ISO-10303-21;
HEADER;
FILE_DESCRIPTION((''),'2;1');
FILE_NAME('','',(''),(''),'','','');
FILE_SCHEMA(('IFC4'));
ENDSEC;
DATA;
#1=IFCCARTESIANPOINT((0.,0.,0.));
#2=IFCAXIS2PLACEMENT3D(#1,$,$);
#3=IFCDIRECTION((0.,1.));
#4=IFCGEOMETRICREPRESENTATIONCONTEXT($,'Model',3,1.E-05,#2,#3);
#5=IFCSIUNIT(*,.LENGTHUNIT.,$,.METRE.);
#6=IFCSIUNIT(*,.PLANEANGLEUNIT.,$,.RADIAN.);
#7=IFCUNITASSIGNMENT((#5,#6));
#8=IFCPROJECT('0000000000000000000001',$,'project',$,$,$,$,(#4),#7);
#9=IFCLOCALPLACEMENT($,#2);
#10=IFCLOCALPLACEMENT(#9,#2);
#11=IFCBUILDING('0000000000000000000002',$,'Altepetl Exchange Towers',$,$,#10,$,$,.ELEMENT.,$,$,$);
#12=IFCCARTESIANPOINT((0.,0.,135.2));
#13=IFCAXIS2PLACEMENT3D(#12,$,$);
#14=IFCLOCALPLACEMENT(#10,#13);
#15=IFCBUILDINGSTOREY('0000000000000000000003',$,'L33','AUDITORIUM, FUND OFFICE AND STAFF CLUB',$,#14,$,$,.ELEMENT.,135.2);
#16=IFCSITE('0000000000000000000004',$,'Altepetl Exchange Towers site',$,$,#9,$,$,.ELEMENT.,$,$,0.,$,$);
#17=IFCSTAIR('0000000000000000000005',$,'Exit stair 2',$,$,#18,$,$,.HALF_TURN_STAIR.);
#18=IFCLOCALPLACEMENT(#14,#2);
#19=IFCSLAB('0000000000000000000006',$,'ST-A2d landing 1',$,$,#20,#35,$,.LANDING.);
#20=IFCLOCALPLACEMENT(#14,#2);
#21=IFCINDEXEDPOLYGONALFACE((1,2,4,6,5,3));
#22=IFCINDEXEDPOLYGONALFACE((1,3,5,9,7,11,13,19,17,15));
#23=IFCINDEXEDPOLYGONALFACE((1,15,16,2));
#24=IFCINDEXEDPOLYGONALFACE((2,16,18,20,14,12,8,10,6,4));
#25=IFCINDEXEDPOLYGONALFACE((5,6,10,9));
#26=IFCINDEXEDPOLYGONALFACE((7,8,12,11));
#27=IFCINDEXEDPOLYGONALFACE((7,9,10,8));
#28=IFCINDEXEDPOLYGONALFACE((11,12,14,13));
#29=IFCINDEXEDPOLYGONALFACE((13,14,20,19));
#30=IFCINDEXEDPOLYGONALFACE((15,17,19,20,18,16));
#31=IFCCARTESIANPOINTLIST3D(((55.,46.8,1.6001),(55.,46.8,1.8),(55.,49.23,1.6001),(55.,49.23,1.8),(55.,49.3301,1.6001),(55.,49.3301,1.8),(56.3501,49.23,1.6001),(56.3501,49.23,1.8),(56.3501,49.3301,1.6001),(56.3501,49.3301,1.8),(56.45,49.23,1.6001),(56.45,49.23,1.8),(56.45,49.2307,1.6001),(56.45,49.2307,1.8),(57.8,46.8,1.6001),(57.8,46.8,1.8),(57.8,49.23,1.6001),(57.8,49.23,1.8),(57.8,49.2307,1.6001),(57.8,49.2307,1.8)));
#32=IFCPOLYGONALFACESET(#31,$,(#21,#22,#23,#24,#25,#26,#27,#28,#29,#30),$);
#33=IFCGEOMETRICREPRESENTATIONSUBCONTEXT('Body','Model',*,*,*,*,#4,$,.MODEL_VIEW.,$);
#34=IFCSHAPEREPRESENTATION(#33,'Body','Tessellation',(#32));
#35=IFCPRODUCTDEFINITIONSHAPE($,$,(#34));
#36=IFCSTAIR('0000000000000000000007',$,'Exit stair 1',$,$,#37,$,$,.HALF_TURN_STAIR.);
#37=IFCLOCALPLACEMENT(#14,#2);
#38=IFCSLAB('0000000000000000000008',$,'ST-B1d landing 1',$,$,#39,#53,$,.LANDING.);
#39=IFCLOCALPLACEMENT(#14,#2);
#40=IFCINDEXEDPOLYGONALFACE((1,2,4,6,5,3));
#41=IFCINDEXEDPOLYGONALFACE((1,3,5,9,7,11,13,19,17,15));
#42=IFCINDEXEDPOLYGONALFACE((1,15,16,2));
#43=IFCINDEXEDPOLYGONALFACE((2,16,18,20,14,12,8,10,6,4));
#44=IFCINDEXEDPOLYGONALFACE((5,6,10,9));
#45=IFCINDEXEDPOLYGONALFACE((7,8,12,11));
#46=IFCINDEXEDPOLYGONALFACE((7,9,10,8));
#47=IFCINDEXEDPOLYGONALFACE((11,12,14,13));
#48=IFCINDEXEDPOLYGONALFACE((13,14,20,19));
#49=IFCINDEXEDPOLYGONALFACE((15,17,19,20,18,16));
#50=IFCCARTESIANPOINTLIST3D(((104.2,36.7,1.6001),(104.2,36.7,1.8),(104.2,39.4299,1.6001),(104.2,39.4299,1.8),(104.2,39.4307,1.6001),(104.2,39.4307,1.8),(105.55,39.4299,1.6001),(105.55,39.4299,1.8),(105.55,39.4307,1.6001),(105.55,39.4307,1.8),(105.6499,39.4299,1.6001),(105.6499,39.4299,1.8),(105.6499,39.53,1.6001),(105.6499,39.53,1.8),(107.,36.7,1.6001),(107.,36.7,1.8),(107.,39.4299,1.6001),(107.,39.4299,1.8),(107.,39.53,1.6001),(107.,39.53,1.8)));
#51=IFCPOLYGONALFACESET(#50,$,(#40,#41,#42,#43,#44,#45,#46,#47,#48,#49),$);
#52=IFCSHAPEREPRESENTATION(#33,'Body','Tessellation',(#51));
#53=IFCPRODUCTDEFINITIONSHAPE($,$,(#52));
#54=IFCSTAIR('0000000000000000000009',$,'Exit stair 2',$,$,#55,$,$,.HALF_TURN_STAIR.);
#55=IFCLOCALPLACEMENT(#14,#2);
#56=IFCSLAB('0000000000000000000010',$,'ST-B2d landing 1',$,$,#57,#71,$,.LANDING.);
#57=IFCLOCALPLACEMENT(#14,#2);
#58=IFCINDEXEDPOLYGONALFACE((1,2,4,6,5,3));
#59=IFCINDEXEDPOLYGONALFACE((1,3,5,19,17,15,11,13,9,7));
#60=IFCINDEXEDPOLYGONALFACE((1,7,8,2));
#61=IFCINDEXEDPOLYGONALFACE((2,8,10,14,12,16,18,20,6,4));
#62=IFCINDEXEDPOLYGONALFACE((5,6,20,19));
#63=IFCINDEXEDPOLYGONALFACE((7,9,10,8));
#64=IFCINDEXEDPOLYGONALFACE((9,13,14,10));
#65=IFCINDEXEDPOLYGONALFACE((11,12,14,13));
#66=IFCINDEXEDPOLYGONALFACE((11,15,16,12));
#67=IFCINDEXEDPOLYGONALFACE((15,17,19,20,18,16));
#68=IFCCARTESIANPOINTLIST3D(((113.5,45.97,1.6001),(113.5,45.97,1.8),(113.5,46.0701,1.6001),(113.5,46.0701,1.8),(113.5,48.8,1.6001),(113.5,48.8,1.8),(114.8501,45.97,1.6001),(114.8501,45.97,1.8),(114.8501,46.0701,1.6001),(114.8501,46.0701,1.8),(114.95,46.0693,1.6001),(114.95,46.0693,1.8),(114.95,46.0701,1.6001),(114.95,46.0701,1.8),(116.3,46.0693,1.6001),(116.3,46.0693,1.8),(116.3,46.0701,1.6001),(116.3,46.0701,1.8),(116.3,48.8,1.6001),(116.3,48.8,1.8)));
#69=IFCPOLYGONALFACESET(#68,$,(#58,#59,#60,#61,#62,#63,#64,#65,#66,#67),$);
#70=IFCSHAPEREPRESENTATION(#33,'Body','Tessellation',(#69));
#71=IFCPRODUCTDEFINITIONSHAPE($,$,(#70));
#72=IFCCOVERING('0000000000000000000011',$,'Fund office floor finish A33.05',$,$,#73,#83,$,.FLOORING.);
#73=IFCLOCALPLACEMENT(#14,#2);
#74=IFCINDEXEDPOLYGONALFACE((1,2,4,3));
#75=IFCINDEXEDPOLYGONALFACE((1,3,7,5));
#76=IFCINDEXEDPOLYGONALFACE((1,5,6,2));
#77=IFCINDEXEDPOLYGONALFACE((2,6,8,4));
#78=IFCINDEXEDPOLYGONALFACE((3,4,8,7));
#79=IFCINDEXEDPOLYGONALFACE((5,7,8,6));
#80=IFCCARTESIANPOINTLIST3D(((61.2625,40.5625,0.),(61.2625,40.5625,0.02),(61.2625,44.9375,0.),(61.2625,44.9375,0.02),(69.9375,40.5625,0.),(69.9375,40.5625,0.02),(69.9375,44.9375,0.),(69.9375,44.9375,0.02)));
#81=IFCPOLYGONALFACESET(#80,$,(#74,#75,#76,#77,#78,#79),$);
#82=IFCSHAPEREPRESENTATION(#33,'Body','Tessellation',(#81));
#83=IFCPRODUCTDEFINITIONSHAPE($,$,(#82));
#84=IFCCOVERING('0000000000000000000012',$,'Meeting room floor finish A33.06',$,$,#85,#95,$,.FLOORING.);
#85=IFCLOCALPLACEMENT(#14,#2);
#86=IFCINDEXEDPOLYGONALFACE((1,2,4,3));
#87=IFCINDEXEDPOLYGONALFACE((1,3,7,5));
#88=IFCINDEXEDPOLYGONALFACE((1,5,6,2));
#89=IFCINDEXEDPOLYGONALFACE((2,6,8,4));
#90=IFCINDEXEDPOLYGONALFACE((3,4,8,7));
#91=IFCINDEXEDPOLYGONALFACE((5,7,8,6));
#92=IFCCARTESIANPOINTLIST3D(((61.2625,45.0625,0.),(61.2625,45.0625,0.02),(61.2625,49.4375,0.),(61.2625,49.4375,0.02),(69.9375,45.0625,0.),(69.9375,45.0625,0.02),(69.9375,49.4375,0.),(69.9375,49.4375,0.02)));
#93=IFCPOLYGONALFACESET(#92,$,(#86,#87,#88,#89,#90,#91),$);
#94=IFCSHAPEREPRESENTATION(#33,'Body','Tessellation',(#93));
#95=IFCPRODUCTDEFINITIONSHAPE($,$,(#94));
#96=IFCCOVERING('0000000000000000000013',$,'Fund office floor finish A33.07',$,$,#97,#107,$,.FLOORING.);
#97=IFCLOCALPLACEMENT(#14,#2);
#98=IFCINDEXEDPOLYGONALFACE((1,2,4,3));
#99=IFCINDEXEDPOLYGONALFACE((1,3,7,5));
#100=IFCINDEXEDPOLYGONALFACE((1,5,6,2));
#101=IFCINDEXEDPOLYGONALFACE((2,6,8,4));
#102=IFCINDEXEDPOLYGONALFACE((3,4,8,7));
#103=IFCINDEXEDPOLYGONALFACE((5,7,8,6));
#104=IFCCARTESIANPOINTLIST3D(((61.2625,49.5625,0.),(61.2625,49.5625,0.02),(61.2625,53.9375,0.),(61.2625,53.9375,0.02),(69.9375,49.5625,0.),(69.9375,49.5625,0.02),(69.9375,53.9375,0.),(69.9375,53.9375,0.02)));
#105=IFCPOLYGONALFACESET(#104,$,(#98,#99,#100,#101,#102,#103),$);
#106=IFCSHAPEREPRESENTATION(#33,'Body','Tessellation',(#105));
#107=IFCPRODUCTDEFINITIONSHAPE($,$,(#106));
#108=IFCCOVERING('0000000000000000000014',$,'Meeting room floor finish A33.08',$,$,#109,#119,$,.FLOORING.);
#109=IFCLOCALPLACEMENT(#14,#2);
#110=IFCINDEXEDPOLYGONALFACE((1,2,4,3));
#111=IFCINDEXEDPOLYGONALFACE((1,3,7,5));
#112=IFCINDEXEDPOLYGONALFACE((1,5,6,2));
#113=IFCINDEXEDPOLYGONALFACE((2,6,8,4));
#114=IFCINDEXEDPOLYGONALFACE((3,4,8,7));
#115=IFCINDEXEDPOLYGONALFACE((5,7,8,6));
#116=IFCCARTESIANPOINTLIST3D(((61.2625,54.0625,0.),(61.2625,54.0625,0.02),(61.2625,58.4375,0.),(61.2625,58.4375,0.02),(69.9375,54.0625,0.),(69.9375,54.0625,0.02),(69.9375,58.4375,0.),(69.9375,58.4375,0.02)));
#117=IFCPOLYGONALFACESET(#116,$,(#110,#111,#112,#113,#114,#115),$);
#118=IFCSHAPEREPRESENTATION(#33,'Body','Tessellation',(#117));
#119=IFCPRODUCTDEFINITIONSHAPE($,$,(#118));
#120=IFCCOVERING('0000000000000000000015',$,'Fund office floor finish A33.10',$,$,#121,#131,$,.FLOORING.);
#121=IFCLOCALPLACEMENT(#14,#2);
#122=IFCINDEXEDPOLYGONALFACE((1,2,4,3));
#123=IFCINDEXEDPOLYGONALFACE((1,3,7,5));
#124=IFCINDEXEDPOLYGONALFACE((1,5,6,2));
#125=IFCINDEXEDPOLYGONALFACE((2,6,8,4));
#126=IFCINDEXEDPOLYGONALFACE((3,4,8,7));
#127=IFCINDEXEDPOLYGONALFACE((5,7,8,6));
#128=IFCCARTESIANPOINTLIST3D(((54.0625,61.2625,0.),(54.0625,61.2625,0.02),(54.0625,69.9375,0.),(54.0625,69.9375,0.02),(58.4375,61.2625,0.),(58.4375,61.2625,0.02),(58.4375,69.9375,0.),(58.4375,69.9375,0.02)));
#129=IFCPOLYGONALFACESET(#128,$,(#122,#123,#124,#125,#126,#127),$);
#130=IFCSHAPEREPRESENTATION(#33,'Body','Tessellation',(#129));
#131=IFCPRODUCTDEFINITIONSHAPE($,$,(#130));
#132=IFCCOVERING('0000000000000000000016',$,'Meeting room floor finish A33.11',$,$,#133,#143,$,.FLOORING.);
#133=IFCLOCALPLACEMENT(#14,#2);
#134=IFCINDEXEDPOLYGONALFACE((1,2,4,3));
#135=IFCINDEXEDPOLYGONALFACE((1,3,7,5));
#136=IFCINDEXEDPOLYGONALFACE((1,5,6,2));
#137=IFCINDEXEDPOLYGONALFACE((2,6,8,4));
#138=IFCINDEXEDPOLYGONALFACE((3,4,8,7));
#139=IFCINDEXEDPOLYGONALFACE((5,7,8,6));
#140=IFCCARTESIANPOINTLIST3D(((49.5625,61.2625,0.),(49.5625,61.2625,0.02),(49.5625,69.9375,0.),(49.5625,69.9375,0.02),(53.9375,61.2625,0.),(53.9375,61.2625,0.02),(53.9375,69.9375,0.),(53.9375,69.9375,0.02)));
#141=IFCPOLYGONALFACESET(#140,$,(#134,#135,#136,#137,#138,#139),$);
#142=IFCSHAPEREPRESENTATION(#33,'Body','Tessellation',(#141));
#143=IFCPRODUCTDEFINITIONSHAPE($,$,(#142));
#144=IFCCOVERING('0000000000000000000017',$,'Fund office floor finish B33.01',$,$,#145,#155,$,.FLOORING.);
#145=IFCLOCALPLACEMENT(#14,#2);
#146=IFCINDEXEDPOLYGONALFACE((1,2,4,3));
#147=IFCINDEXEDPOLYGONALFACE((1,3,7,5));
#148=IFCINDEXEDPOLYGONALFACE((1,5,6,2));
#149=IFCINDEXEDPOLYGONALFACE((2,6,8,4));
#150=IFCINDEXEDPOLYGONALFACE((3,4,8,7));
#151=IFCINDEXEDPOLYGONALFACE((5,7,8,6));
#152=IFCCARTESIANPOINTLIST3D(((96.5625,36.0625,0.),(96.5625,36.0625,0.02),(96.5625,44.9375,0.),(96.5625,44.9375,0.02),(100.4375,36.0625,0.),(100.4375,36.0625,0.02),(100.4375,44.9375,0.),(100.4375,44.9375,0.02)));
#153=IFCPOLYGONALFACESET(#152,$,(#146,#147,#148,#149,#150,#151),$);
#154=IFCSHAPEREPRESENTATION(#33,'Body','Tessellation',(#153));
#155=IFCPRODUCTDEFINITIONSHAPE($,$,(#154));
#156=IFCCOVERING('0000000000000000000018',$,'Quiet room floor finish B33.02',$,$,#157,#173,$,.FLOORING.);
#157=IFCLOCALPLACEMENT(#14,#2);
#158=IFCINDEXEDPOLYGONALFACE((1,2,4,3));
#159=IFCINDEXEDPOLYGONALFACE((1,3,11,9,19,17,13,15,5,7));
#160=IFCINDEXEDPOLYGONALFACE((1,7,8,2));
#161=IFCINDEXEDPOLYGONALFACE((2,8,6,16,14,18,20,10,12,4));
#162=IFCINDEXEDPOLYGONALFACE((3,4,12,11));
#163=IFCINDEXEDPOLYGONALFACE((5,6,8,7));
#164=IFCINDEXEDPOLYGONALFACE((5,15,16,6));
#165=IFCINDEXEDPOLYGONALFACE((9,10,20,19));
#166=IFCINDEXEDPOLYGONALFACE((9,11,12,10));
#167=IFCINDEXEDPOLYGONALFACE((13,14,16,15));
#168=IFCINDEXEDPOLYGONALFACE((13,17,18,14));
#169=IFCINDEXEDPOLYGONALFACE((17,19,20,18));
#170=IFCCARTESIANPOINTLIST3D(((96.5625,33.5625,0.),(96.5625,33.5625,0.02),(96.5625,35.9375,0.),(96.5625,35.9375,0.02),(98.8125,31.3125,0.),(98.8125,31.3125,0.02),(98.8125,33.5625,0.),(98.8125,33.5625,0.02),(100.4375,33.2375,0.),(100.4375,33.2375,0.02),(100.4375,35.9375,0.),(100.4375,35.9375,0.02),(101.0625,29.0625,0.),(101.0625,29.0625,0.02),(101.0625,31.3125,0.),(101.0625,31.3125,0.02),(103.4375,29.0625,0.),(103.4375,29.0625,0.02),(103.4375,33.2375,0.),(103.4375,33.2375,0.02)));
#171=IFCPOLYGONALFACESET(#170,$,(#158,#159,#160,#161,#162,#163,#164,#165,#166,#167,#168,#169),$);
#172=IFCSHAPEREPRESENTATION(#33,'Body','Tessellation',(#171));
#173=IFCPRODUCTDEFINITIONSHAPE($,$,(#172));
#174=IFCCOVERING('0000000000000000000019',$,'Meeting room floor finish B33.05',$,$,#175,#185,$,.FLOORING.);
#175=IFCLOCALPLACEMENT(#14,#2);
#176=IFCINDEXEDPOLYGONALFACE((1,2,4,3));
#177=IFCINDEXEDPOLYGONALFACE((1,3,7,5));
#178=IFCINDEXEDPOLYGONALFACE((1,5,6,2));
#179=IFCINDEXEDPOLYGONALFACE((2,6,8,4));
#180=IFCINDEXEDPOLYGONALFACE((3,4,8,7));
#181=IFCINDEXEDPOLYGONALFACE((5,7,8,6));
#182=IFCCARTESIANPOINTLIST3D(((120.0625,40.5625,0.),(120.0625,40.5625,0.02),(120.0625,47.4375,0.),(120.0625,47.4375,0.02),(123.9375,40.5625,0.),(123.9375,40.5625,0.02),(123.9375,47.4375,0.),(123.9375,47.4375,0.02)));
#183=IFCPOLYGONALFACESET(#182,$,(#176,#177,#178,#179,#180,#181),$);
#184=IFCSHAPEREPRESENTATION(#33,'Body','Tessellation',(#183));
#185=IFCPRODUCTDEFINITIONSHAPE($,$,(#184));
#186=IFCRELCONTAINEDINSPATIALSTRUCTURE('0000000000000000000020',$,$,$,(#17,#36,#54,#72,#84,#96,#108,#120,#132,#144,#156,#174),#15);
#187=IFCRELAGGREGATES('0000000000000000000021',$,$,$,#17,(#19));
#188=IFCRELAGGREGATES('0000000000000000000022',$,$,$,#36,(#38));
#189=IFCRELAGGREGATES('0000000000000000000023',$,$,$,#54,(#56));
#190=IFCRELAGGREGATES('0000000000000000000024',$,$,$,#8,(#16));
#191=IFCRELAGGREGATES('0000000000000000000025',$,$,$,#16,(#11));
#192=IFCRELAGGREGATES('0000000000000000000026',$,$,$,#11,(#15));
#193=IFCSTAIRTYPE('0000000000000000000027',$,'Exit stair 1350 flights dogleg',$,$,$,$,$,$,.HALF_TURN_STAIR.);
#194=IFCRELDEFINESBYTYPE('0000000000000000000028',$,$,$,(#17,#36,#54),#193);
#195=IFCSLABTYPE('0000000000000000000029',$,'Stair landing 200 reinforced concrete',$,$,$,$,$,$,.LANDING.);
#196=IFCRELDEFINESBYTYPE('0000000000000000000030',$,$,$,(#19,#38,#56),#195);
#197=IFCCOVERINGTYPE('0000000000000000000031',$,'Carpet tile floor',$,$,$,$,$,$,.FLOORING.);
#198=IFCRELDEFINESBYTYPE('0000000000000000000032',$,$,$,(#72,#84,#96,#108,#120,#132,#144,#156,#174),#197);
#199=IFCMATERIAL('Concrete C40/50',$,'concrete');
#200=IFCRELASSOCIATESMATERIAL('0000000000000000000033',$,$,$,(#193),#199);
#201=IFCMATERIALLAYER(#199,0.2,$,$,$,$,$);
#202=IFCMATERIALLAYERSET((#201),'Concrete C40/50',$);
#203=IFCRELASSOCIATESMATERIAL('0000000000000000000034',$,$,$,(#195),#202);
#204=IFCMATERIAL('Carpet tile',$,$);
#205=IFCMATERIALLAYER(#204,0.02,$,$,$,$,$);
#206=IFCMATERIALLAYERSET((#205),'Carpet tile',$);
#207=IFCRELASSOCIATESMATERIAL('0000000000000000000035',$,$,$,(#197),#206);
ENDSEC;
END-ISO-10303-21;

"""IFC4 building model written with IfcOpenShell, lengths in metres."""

from ifc_helpers import new_model, si_unit, direction, frame, origin, place, context, subcontext, project, spatial, polyline, outline, extrude, material, layer, layer_set, type_object, element, aggregate, save


model = new_model("IFC4")

# Units and contexts
model_context = context("Model", 3, precision=1e-05, world=origin(), true_north=direction((0.0, 1.0)))
body_context = subcontext(model_context, "Body", "Model", "MODEL_VIEW")
ifc_project = project(units=[si_unit("LENGTHUNIT", "METRE"), si_unit("PLANEANGLEUNIT", "RADIAN")], contexts=[model_context])

# Site, building, storey
site_placement = place(None, origin())
site = spatial("IfcSite", under=ifc_project, at=site_placement, Name="Altepetl Exchange Towers site", CompositionType="ELEMENT", RefElevation=0.0)
building_placement = place(site_placement, origin())
building = spatial("IfcBuilding", under=site, at=building_placement, Name="Altepetl Exchange Towers", CompositionType="ELEMENT")
storey_placement = place(building_placement, frame((0.0, 0.0, 135.2)))
storey = spatial("IfcBuildingStorey", under=building, at=storey_placement, Name="L33", Description="AUDITORIUM, FUND OFFICE AND STAFF CLUB", CompositionType="ELEMENT", Elevation=135.2)

# Shared definitions
ifc_material_1 = material(Name="Concrete C40/50", Category="concrete")

# Stairs, slabs
stair_type = type_object("IfcStairType", Name="Exit stair 1350 flights dogleg", PredefinedType="HALF_TURN_STAIR", material=ifc_material_1)
ifc_layer_1 = layer(ifc_material_1, 0.2)
ifc_layer_set_1 = layer_set([ifc_layer_1], Name="Concrete C40/50")
slab_type_1 = type_object("IfcSlabType", Name="Stair landing 200 reinforced concrete", PredefinedType="LANDING", material=ifc_layer_set_1)
stair_1_placement = place(storey_placement, origin())
stair_1 = element("IfcStair", 1, at=stair_1_placement, inside=storey, type_object=stair_type, Name="Exit stair 2", PredefinedType="HALF_TURN_STAIR")
slab_1_placement = place(storey_placement, frame((0.0, 0.0, 1.6001)))
slab_1 = element("IfcSlab", 2, at=slab_1_placement, type_object=slab_type_1, Name="ST-A2d landing 1", PredefinedType="LANDING", context=body_context, shape_type="SweptSolid", body=[
    extrude(outline(polyline([(57.8, 46.8), (55.0, 46.8), (55.0, 49.23), (55.0, 49.3301), (56.3501, 49.3301), (56.3501, 49.23), (56.45, 49.23), (56.45, 49.2307), (57.8, 49.2307), (57.8, 49.23), (57.8, 46.8)])), origin(), (0.0, 0.0, 1.0), 0.2),
])
aggregate(stair_1, [slab_1])
stair_2_placement = place(storey_placement, origin())
stair_2 = element("IfcStair", 3, at=stair_2_placement, inside=storey, type_object=stair_type, Name="Exit stair 1", PredefinedType="HALF_TURN_STAIR")
slab_2_placement = place(storey_placement, frame((0.0, 0.0, 1.6001)))
slab_2 = element("IfcSlab", 4, at=slab_2_placement, type_object=slab_type_1, Name="ST-B1d landing 1", PredefinedType="LANDING", context=body_context, shape_type="SweptSolid", body=[
    extrude(outline(polyline([(107.0, 36.7), (104.2, 36.7), (104.2, 39.4299), (104.2, 39.4307), (105.55, 39.4307), (105.55, 39.4299), (105.6499, 39.4299), (105.6499, 39.53), (107.0, 39.53), (107.0, 39.4299), (107.0, 36.7)])), origin(), (0.0, 0.0, 1.0), 0.2),
])
aggregate(stair_2, [slab_2])
stair_3_placement = place(storey_placement, origin())
stair_3 = element("IfcStair", 5, at=stair_3_placement, inside=storey, type_object=stair_type, Name="Exit stair 2", PredefinedType="HALF_TURN_STAIR")
slab_3_placement = place(storey_placement, frame((0.0, 0.0, 1.6001)))
slab_3 = element("IfcSlab", 6, at=slab_3_placement, type_object=slab_type_1, Name="ST-B2d landing 1", PredefinedType="LANDING", context=body_context, shape_type="SweptSolid", body=[
    extrude(outline(polyline([(114.8501, 45.97), (113.5, 45.97), (113.5, 46.0701), (113.5, 48.8), (116.3, 48.8), (116.3, 46.0701), (116.3, 46.0693), (114.95, 46.0693), (114.95, 46.0701), (114.8501, 46.0701), (114.8501, 45.97)])), origin(), (0.0, 0.0, 1.0), 0.2),
])
aggregate(stair_3, [slab_3])

# Coverings
ifc_material_2 = material(Name="Carpet tile")
ifc_layer_2 = layer(ifc_material_2, 0.02)
ifc_layer_set_2 = layer_set([ifc_layer_2], Name="Carpet tile")
covering_type_1 = type_object("IfcCoveringType", Name="Carpet tile floor", PredefinedType="FLOORING", material=ifc_layer_set_2)
covering_1_placement = place(storey_placement, origin())
element("IfcCovering", 7, at=covering_1_placement, inside=storey, type_object=covering_type_1, Name="Fund office floor finish A33.05", PredefinedType="FLOORING", context=body_context, shape_type="SweptSolid", body=[
    extrude(outline(polyline([(69.9375, 44.9375), (61.2625, 44.9375), (61.2625, 40.5625), (69.9375, 40.5625), (69.9375, 44.9375)])), origin(), (0.0, 0.0, 1.0), 0.02),
])
covering_2_placement = place(storey_placement, origin())
element("IfcCovering", 8, at=covering_2_placement, inside=storey, type_object=covering_type_1, Name="Meeting room floor finish A33.06", PredefinedType="FLOORING", context=body_context, shape_type="SweptSolid", body=[
    extrude(outline(polyline([(69.9375, 49.4375), (61.2625, 49.4375), (61.2625, 45.0625), (69.9375, 45.0625), (69.9375, 49.4375)])), origin(), (0.0, 0.0, 1.0), 0.02),
])
covering_3_placement = place(storey_placement, origin())
element("IfcCovering", 9, at=covering_3_placement, inside=storey, type_object=covering_type_1, Name="Fund office floor finish A33.07", PredefinedType="FLOORING", context=body_context, shape_type="SweptSolid", body=[
    extrude(outline(polyline([(61.2625, 49.5625), (69.9375, 49.5625), (69.9375, 53.9375), (61.2625, 53.9375), (61.2625, 49.5625)])), origin(), (0.0, 0.0, 1.0), 0.02),
])
covering_4_placement = place(storey_placement, origin())
element("IfcCovering", 10, at=covering_4_placement, inside=storey, type_object=covering_type_1, Name="Meeting room floor finish A33.08", PredefinedType="FLOORING", context=body_context, shape_type="SweptSolid", body=[
    extrude(outline(polyline([(61.2625, 54.0625), (69.9375, 54.0625), (69.9375, 58.4375), (61.2625, 58.4375), (61.2625, 54.0625)])), origin(), (0.0, 0.0, 1.0), 0.02),
])
covering_5_placement = place(storey_placement, origin())
element("IfcCovering", 11, at=covering_5_placement, inside=storey, type_object=covering_type_1, Name="Fund office floor finish A33.10", PredefinedType="FLOORING", context=body_context, shape_type="SweptSolid", body=[
    extrude(outline(polyline([(58.4375, 61.2625), (58.4375, 69.9375), (54.0625, 69.9375), (54.0625, 61.2625), (58.4375, 61.2625)])), origin(), (0.0, 0.0, 1.0), 0.02),
])
covering_6_placement = place(storey_placement, origin())
element("IfcCovering", 12, at=covering_6_placement, inside=storey, type_object=covering_type_1, Name="Meeting room floor finish A33.11", PredefinedType="FLOORING", context=body_context, shape_type="SweptSolid", body=[
    extrude(outline(polyline([(53.9375, 61.2625), (53.9375, 69.9375), (49.5625, 69.9375), (49.5625, 61.2625), (53.9375, 61.2625)])), origin(), (0.0, 0.0, 1.0), 0.02),
])
covering_7_placement = place(storey_placement, origin())
element("IfcCovering", 13, at=covering_7_placement, inside=storey, type_object=covering_type_1, Name="Fund office floor finish B33.01", PredefinedType="FLOORING", context=body_context, shape_type="SweptSolid", body=[
    extrude(outline(polyline([(100.4375, 44.9375), (96.5625, 44.9375), (96.5625, 36.0625), (100.4375, 36.0625), (100.4375, 44.9375)])), origin(), (0.0, 0.0, 1.0), 0.02),
])
covering_8_placement = place(storey_placement, origin())
element("IfcCovering", 14, at=covering_8_placement, inside=storey, type_object=covering_type_1, Name="Quiet room floor finish B33.02", PredefinedType="FLOORING", context=body_context, shape_type="SweptSolid", body=[
    extrude(outline(polyline([(100.4375, 35.9375), (96.5625, 35.9375), (96.5625, 33.5625), (98.8125, 33.5625), (98.8125, 31.3125), (101.0625, 31.3125), (101.0625, 29.0625), (103.4375, 29.0625), (103.4375, 33.2375), (100.4375, 33.2375), (100.4375, 35.9375)])), origin(), (0.0, 0.0, 1.0), 0.02),
])
covering_9_placement = place(storey_placement, origin())
element("IfcCovering", 15, at=covering_9_placement, inside=storey, type_object=covering_type_1, Name="Meeting room floor finish B33.05", PredefinedType="FLOORING", context=body_context, shape_type="SweptSolid", body=[
    extrude(outline(polyline([(120.0625, 47.4375), (120.0625, 40.5625), (123.9375, 40.5625), (123.9375, 47.4375), (120.0625, 47.4375)])), origin(), (0.0, 0.0, 1.0), 0.02),
])

save(model, "model.ifc")
